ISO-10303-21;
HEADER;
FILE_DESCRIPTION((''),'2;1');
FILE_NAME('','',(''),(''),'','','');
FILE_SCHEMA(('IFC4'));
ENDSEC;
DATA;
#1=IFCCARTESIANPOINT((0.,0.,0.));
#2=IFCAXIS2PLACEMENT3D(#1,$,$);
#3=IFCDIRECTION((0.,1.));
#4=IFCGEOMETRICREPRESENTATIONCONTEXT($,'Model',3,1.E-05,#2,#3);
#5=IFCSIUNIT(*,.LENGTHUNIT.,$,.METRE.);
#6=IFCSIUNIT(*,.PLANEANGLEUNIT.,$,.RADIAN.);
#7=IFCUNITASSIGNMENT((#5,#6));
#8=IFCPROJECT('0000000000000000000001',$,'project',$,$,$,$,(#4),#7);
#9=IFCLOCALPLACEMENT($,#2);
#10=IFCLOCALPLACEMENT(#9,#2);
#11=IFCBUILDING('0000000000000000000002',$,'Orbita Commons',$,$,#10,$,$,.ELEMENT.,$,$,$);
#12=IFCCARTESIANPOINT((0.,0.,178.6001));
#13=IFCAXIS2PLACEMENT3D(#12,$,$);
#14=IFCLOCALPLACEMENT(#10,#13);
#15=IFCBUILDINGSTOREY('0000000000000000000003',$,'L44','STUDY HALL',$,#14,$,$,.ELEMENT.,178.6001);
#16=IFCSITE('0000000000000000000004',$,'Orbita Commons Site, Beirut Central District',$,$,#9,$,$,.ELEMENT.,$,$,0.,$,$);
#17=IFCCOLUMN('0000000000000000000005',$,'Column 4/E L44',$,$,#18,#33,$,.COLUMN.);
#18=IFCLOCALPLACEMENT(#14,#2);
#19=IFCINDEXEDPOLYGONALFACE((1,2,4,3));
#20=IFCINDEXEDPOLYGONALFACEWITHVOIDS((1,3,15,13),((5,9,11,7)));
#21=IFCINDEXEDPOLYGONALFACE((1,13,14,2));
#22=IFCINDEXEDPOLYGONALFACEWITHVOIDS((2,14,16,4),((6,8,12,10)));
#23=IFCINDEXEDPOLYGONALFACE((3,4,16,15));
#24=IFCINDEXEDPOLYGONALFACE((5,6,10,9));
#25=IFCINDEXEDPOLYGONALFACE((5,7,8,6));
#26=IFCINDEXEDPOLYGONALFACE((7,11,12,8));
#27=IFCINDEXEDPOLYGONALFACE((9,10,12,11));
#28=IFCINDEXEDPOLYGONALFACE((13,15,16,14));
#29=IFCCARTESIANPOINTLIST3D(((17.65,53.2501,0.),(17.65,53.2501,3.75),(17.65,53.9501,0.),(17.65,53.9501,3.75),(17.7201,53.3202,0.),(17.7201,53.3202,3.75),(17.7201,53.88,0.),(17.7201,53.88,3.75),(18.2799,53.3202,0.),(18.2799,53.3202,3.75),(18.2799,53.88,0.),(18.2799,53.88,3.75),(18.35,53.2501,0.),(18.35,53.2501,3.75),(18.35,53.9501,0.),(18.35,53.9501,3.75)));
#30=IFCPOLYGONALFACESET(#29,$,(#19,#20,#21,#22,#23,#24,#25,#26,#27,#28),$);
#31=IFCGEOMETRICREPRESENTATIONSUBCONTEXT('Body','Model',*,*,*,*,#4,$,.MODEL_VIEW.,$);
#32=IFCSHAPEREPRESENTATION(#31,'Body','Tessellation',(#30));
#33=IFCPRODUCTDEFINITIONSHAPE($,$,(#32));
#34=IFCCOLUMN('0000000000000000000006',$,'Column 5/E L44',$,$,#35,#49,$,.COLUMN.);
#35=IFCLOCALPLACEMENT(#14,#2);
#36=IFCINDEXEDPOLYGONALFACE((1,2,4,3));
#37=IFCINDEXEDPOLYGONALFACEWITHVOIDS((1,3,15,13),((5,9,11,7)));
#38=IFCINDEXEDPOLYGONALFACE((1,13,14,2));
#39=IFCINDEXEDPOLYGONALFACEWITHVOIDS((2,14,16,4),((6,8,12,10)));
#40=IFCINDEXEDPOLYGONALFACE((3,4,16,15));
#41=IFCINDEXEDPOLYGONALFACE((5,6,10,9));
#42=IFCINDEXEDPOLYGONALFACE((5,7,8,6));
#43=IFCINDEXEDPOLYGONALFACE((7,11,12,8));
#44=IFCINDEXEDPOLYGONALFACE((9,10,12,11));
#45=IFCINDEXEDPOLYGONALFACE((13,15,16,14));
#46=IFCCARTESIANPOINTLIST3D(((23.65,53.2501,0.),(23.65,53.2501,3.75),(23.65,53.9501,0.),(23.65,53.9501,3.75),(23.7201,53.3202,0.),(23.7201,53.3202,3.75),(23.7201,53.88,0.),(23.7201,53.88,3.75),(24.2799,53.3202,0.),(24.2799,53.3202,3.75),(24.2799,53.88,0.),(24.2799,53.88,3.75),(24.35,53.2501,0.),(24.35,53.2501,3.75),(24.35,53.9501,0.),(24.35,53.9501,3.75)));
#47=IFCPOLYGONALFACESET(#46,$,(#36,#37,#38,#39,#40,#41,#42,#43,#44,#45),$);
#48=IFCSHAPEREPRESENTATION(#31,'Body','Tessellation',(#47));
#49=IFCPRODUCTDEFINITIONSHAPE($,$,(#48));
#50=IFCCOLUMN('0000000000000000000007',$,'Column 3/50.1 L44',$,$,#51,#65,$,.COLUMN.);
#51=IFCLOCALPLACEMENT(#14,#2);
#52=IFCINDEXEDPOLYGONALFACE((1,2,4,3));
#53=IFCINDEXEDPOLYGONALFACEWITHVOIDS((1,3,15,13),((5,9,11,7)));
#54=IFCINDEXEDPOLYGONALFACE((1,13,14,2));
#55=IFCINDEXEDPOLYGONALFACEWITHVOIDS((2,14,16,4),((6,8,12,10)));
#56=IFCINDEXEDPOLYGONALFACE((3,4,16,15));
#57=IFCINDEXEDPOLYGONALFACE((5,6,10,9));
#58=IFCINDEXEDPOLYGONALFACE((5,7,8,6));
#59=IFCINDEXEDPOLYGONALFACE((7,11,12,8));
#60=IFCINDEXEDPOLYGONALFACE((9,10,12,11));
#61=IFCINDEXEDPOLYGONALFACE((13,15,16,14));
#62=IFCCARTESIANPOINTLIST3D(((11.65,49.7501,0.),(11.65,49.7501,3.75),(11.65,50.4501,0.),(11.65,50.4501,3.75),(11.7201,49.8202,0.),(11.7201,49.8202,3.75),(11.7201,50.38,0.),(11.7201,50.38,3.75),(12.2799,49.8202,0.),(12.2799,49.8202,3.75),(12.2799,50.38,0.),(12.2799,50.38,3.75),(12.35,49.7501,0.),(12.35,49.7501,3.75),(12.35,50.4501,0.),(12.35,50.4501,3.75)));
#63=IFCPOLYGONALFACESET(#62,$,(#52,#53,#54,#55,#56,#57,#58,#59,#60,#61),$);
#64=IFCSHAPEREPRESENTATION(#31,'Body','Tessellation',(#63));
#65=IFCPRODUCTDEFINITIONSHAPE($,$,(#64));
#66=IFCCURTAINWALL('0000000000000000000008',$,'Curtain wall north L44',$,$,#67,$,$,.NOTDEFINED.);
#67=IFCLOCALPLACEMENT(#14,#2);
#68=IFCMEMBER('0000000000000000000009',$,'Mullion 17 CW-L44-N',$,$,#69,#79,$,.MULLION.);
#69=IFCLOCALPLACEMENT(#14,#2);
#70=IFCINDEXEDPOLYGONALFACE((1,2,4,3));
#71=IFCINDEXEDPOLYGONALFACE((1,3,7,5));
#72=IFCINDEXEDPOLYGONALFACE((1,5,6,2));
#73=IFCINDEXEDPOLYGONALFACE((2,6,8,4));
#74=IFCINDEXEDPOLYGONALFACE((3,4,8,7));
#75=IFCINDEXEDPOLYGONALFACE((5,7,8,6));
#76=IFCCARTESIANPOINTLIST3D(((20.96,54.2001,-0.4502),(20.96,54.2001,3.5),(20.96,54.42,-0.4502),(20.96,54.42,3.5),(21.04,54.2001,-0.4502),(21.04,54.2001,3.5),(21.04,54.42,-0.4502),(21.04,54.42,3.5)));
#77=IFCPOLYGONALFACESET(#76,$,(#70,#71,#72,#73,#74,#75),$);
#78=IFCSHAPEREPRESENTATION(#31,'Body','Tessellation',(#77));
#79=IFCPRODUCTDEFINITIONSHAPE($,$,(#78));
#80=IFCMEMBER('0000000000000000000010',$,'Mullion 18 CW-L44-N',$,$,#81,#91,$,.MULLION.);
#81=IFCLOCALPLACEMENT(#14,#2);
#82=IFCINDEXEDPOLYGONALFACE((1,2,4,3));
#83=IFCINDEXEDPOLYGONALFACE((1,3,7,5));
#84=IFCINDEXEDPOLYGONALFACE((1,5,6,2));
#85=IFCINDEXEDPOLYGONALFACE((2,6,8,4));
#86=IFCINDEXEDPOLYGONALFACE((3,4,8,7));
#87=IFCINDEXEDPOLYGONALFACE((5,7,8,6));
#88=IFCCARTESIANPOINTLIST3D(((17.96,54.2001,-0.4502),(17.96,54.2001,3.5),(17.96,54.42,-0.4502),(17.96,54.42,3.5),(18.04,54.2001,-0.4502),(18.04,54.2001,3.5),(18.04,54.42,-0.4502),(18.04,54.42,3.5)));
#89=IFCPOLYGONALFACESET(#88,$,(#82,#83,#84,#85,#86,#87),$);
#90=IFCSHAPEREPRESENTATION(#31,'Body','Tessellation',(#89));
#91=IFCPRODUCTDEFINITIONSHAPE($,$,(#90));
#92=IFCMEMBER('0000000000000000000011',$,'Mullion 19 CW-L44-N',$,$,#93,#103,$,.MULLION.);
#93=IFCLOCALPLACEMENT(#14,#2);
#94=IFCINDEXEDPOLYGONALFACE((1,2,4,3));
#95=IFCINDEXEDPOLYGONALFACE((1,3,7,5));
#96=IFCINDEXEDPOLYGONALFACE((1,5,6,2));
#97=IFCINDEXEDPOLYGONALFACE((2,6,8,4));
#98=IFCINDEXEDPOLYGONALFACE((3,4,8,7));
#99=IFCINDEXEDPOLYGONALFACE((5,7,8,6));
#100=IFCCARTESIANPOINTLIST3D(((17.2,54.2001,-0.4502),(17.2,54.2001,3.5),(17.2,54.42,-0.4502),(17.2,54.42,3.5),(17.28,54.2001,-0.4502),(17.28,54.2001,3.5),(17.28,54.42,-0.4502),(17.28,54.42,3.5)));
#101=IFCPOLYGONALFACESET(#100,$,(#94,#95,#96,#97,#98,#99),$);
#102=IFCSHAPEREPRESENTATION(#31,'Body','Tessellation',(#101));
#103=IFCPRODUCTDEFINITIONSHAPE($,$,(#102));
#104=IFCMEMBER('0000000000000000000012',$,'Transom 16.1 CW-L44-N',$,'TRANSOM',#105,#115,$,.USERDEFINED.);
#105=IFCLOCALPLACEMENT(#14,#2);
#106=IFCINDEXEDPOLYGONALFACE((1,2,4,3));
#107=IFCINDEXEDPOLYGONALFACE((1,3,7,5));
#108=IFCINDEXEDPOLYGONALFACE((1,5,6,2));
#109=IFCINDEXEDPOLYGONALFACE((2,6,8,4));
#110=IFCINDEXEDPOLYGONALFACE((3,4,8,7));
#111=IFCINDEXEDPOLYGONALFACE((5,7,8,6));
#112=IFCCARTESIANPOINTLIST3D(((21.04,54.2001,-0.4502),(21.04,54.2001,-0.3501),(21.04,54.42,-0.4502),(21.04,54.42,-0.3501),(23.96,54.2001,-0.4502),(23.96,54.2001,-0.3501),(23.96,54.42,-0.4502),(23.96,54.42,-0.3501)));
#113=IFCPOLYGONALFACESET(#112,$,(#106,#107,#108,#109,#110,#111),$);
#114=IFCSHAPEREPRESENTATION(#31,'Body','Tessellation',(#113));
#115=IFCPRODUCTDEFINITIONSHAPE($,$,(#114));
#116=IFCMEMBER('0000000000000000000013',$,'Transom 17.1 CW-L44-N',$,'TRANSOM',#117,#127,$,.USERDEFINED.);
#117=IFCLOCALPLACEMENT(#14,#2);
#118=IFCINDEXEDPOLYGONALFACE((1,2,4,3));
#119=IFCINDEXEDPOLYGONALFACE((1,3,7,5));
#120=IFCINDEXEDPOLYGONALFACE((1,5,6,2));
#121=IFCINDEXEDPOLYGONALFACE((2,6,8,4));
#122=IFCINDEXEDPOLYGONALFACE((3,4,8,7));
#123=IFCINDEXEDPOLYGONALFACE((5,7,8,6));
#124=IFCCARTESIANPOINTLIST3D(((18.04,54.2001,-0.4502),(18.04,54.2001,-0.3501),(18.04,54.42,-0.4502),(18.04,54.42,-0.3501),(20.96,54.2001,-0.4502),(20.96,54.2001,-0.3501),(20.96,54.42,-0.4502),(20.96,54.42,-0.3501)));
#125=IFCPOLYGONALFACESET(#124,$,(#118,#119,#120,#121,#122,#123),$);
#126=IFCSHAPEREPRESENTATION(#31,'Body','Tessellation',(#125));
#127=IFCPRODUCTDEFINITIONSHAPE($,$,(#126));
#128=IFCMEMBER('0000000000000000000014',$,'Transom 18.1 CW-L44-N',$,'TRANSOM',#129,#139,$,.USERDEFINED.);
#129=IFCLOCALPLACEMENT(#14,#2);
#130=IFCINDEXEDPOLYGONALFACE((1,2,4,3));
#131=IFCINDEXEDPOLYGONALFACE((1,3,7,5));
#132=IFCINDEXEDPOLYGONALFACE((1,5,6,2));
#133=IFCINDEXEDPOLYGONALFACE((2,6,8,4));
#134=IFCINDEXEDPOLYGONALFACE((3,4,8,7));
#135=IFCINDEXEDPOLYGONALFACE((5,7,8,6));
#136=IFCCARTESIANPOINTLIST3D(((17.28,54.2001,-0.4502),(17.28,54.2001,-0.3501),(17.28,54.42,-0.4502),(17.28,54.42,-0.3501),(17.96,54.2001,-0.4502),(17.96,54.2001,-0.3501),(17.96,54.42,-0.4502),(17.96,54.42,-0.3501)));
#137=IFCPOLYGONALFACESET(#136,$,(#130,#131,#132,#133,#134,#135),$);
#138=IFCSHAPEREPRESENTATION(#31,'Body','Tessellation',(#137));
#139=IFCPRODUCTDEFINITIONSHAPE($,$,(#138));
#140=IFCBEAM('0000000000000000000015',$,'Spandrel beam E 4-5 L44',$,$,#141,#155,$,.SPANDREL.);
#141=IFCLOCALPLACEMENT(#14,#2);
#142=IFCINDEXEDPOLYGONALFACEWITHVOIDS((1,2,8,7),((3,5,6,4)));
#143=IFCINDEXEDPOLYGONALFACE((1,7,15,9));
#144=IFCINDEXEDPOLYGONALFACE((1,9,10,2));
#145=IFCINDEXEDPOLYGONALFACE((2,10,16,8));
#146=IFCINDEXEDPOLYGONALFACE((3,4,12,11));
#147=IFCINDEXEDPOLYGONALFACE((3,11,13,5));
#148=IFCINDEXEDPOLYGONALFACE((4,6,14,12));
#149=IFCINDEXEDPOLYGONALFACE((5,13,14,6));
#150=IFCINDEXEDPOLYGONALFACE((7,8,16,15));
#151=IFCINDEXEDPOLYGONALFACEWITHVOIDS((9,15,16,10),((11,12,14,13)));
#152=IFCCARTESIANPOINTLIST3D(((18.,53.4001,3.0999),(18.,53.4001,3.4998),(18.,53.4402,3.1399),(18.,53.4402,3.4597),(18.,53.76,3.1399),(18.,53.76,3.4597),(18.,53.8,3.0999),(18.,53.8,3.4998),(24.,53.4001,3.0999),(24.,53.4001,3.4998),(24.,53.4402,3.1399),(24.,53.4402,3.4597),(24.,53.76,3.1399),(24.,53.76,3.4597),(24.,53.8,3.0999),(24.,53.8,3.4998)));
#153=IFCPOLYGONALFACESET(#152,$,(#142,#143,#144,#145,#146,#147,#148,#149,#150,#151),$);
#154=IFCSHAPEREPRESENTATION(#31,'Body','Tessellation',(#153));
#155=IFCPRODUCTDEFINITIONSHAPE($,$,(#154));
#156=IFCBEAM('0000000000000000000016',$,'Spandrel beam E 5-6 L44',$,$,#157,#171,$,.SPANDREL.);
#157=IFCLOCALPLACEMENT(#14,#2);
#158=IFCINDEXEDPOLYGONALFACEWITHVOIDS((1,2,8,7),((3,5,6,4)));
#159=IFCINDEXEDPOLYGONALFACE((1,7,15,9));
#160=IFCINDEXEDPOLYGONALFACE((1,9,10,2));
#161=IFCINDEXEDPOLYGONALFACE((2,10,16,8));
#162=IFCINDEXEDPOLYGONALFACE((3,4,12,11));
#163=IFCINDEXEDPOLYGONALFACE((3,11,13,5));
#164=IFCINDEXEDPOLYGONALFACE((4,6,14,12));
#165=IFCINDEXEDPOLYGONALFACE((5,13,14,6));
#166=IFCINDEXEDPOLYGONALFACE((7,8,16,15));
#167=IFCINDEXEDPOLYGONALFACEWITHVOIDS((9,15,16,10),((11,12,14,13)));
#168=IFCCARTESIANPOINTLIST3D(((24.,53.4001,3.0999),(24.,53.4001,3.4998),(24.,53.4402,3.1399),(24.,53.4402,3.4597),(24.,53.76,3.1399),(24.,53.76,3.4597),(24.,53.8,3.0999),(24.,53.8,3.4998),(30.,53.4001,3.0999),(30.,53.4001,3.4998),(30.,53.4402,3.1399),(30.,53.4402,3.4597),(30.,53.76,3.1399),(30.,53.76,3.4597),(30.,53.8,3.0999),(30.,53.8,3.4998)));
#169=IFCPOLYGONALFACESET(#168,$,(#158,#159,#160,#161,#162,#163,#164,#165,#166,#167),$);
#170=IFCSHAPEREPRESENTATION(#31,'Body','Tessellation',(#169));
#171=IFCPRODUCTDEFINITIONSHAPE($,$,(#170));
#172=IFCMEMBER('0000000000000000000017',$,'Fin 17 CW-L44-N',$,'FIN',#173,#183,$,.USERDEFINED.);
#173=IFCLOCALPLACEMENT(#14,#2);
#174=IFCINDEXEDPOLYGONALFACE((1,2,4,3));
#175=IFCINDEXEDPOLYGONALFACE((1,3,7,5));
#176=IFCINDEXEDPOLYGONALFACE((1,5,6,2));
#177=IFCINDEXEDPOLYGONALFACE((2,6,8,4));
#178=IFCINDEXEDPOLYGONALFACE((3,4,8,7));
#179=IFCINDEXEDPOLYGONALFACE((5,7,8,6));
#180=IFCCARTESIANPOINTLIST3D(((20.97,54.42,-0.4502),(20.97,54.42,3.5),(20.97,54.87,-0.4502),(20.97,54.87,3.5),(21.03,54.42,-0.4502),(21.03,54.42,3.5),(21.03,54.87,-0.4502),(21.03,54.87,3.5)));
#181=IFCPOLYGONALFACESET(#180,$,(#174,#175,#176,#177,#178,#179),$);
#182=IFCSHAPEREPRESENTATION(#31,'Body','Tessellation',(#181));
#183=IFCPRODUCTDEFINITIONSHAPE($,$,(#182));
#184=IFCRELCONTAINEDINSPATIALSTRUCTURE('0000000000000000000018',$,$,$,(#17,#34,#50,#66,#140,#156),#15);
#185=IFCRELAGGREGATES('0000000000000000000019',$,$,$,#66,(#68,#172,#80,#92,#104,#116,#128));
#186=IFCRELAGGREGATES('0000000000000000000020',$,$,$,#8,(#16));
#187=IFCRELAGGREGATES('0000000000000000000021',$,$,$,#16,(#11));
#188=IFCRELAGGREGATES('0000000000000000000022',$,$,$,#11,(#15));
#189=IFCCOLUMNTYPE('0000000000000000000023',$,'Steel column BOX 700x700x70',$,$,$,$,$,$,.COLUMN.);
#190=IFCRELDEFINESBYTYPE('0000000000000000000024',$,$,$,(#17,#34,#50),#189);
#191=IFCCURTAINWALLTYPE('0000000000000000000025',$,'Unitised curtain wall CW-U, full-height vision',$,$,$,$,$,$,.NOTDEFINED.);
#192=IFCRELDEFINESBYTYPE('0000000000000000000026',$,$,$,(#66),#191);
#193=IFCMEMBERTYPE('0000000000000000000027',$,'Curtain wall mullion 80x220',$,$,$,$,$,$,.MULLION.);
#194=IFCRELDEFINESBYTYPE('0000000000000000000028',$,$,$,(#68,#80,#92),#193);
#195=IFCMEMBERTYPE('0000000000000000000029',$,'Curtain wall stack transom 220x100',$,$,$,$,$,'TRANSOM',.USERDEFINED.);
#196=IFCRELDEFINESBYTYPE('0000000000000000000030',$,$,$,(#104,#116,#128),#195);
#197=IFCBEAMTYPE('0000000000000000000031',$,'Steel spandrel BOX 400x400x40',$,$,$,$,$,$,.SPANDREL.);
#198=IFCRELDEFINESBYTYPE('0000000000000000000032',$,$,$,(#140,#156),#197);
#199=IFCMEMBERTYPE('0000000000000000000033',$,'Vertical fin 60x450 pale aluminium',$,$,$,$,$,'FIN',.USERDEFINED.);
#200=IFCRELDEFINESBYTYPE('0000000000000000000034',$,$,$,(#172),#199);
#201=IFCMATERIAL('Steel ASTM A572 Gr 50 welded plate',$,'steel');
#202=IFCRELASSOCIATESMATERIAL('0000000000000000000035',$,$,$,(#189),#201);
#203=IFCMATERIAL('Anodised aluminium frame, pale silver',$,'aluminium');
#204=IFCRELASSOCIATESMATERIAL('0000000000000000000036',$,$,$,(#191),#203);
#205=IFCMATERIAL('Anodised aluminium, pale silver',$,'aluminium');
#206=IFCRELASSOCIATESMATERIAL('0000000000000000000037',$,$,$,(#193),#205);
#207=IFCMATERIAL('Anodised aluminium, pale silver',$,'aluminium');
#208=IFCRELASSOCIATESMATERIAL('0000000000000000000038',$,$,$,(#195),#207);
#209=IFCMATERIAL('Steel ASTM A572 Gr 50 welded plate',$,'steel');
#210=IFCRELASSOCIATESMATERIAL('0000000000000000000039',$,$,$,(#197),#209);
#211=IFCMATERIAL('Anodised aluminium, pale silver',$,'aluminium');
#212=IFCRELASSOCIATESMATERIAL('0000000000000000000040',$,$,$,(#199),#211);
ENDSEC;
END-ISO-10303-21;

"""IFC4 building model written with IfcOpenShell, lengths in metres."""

from ifc_helpers import new_model, si_unit, direction, frame, origin, origin_2d, place, context, subcontext, project, spatial, rectangle, hollow_rectangle, extrude, material, material_profile, profile_set, type_object, element, aggregate, save


model = new_model("IFC4")

# Units and contexts
model_context = context("Model", 3, precision=1e-05, world=origin(), true_north=direction((0.0, 1.0)))
body_context = subcontext(model_context, "Body", "Model", "MODEL_VIEW")
ifc_project = project(units=[si_unit("LENGTHUNIT", "METRE"), si_unit("PLANEANGLEUNIT", "RADIAN")], contexts=[model_context])

# Site, building, storey
site_placement = place(None, origin())
site = spatial("IfcSite", under=ifc_project, at=site_placement, Name="Orbita Commons Site, Beirut Central District", CompositionType="ELEMENT", RefElevation=0.0)
building_placement = place(site_placement, origin())
building = spatial("IfcBuilding", under=site, at=building_placement, Name="Orbita Commons", CompositionType="ELEMENT")
storey_placement = place(building_placement, frame((0.0, 0.0, 178.6001)))
storey = spatial("IfcBuildingStorey", under=building, at=storey_placement, Name="L44", Description="STUDY HALL", CompositionType="ELEMENT", Elevation=178.6001)

# Columns
ifc_material_1 = material(Name="Steel ASTM A572 Gr 50 welded plate", Category="steel")
ifc_material_profile_1 = material_profile(ifc_material_1, hollow_rectangle(XDim=0.7, YDim=0.7, WallThickness=0.0701, at=origin_2d()), Name="BOX 700x700x70")
ifc_profile_set_1 = profile_set([ifc_material_profile_1], Name="Steel ASTM A572 Gr 50 welded plate")
column_type = type_object("IfcColumnType", Name="Steel column BOX 700x700x70", PredefinedType="COLUMN", material=ifc_profile_set_1)
for number, where, z_axis, x_axis, name in (
    (1, (18.0, 53.6001, 0.0), (0.0, 0.0, 1.0), (1.0, 0.0, 0.0), "Column 4/E L44"),
    (2, (24.0, 53.6001, 0.0), (0.0, 0.0, 1.0), (1.0, 0.0, 0.0), "Column 5/E L44"),
    (3, (12.0, 50.1001, 0.0), (0.0, 0.0, 1.0), (1.0, 0.0, 0.0), "Column 3/50.1 L44"),
):
    element("IfcColumn", number, at=place(storey_placement, frame(where, z_axis=z_axis, x_axis=x_axis)), inside=storey, type_object=column_type, Name=name, PredefinedType="COLUMN", context=body_context, shape_type="SweptSolid", body=[
        extrude(hollow_rectangle(XDim=0.7, YDim=0.7, WallThickness=0.0701, at=origin_2d()), origin(), (0.0, 0.0, 1.0), 3.75),
    ])

# Curtain wall, members
ifc_material_2 = material(Name="Anodised aluminium frame, pale silver", Category="aluminium")
curtain_wall_type = type_object("IfcCurtainWallType", Name="Unitised curtain wall CW-U, full-height vision", PredefinedType="NOTDEFINED", material=ifc_material_2)
curtain_wall_placement = place(storey_placement, origin())
curtain_wall = element("IfcCurtainWall", 4, at=curtain_wall_placement, inside=storey, type_object=curtain_wall_type, Name="Curtain wall north L44", PredefinedType="NOTDEFINED")
ifc_material_3 = material(Name="Anodised aluminium, pale silver", Category="aluminium")
ifc_material_profile_2 = material_profile(ifc_material_3, rectangle(XDim=0.0801, YDim=0.22, at=origin_2d()), Name="AL 80x220")
ifc_profile_set_2 = profile_set([ifc_material_profile_2], Name="Anodised aluminium, pale silver")
member_type_1 = type_object("IfcMemberType", Name="Curtain wall mullion 80x220", PredefinedType="MULLION", material=ifc_profile_set_2)
member_1_placement = place(storey_placement, frame((21.0, 54.3101, -0.4502), z_axis=(0.0, 0.0, 1.0), x_axis=(-1.0, 0.0, 0.0)))
member_1 = element("IfcMember", 5, at=member_1_placement, type_object=member_type_1, Name="Mullion 17 CW-L44-N", PredefinedType="MULLION", context=body_context, shape_type="SweptSolid", body=[
    extrude(rectangle(XDim=0.0801, YDim=0.22, at=origin_2d()), origin(), (0.0, 0.0, 1.0), 3.9502),
])
member_2_placement = place(storey_placement, frame((18.0, 54.3101, -0.4502), z_axis=(0.0, 0.0, 1.0), x_axis=(-1.0, 0.0, 0.0)))
member_2 = element("IfcMember", 6, at=member_2_placement, type_object=member_type_1, Name="Mullion 18 CW-L44-N", PredefinedType="MULLION", context=body_context, shape_type="SweptSolid", body=[
    extrude(rectangle(XDim=0.0801, YDim=0.22, at=origin_2d()), origin(), (0.0, 0.0, 1.0), 3.9502),
])
member_3_placement = place(storey_placement, frame((17.24, 54.3101, -0.4502), z_axis=(0.0, 0.0, 1.0), x_axis=(-1.0, 0.0, 0.0)))
member_3 = element("IfcMember", 7, at=member_3_placement, type_object=member_type_1, Name="Mullion 19 CW-L44-N", PredefinedType="MULLION", context=body_context, shape_type="SweptSolid", body=[
    extrude(rectangle(XDim=0.0801, YDim=0.22, at=origin_2d()), origin(), (0.0, 0.0, 1.0), 3.9502),
])
ifc_material_4 = material(Name="Anodised aluminium, pale silver", Category="aluminium")
ifc_material_profile_3 = material_profile(ifc_material_4, rectangle(XDim=0.22, YDim=0.1001, at=origin_2d()), Name="AL 220x100")
ifc_profile_set_3 = profile_set([ifc_material_profile_3], Name="Anodised aluminium, pale silver")
member_type_2 = type_object("IfcMemberType", Name="Curtain wall stack transom 220x100", ElementType="TRANSOM", PredefinedType="USERDEFINED", material=ifc_profile_set_3)
member_4_placement = place(storey_placement, frame((23.96, 54.3101, -0.4001), z_axis=(-1.0, 0.0, 0.0), x_axis=(0.0, -1.0, 0.0)))
member_4 = element("IfcMember", 8, at=member_4_placement, type_object=member_type_2, Name="Transom 16.1 CW-L44-N", ObjectType="TRANSOM", PredefinedType="USERDEFINED", context=body_context, shape_type="SweptSolid", body=[
    extrude(rectangle(XDim=0.22, YDim=0.1001, at=origin_2d()), origin(), (0.0, 0.0, 1.0), 2.9199),
])
member_5_placement = place(storey_placement, frame((20.96, 54.3101, -0.4001), z_axis=(-1.0, 0.0, 0.0), x_axis=(0.0, -1.0, 0.0)))
member_5 = element("IfcMember", 9, at=member_5_placement, type_object=member_type_2, Name="Transom 17.1 CW-L44-N", ObjectType="TRANSOM", PredefinedType="USERDEFINED", context=body_context, shape_type="SweptSolid", body=[
    extrude(rectangle(XDim=0.22, YDim=0.1001, at=origin_2d()), origin(), (0.0, 0.0, 1.0), 2.9199),
])
member_6_placement = place(storey_placement, frame((17.96, 54.3101, -0.4001), z_axis=(-1.0, 0.0, 0.0), x_axis=(0.0, -1.0, 0.0)))
member_6 = element("IfcMember", 10, at=member_6_placement, type_object=member_type_2, Name="Transom 18.1 CW-L44-N", ObjectType="TRANSOM", PredefinedType="USERDEFINED", context=body_context, shape_type="SweptSolid", body=[
    extrude(rectangle(XDim=0.22, YDim=0.1001, at=origin_2d()), origin(), (0.0, 0.0, 1.0), 0.6799),
])

# Beams
ifc_material_5 = material(Name="Steel ASTM A572 Gr 50 welded plate", Category="steel")
ifc_material_profile_4 = material_profile(ifc_material_5, hollow_rectangle(XDim=0.3999, YDim=0.3999, WallThickness=0.04, at=origin_2d()), Name="BOX 400x400x40")
ifc_profile_set_4 = profile_set([ifc_material_profile_4], Name="Steel ASTM A572 Gr 50 welded plate")
beam_type = type_object("IfcBeamType", Name="Steel spandrel BOX 400x400x40", PredefinedType="SPANDREL", material=ifc_profile_set_4)
for number, where, z_axis, x_axis, name in (
    (11, (18.0, 53.6001, 3.2998), (1.0, 0.0, 0.0), (0.0, 1.0, 0.0), "Spandrel beam E 4-5 L44"),
    (12, (24.0, 53.6001, 3.2998), (1.0, 0.0, 0.0), (0.0, 1.0, 0.0), "Spandrel beam E 5-6 L44"),
):
    element("IfcBeam", number, at=place(storey_placement, frame(where, z_axis=z_axis, x_axis=x_axis)), inside=storey, type_object=beam_type, Name=name, PredefinedType="SPANDREL", context=body_context, shape_type="SweptSolid", body=[
        extrude(hollow_rectangle(XDim=0.3999, YDim=0.3999, WallThickness=0.04, at=origin_2d()), origin(), (0.0, 0.0, 1.0), 6.0),
    ])

# Member
ifc_material_6 = material(Name="Anodised aluminium, pale silver", Category="aluminium")
ifc_material_profile_5 = material_profile(ifc_material_6, rectangle(XDim=0.0601, YDim=0.45, at=origin_2d()), Name="FIN 60x450")
ifc_profile_set_5 = profile_set([ifc_material_profile_5], Name="Anodised aluminium, pale silver")
member_type_3 = type_object("IfcMemberType", Name="Vertical fin 60x450 pale aluminium", ElementType="FIN", PredefinedType="USERDEFINED", material=ifc_profile_set_5)
member_7_placement = place(storey_placement, frame((21.0, 54.645, -0.4502), z_axis=(0.0, 0.0, 1.0), x_axis=(-1.0, 0.0, 0.0)))
member_7 = element("IfcMember", 13, at=member_7_placement, type_object=member_type_3, Name="Fin 17 CW-L44-N", ObjectType="FIN", PredefinedType="USERDEFINED", context=body_context, shape_type="SweptSolid", body=[
    extrude(rectangle(XDim=0.0601, YDim=0.45, at=origin_2d()), origin(), (0.0, 0.0, 1.0), 3.9502),
])

aggregate(curtain_wall, [member_1, member_7, member_2, member_3, member_4, member_5, member_6])

save(model, "model.ifc")
